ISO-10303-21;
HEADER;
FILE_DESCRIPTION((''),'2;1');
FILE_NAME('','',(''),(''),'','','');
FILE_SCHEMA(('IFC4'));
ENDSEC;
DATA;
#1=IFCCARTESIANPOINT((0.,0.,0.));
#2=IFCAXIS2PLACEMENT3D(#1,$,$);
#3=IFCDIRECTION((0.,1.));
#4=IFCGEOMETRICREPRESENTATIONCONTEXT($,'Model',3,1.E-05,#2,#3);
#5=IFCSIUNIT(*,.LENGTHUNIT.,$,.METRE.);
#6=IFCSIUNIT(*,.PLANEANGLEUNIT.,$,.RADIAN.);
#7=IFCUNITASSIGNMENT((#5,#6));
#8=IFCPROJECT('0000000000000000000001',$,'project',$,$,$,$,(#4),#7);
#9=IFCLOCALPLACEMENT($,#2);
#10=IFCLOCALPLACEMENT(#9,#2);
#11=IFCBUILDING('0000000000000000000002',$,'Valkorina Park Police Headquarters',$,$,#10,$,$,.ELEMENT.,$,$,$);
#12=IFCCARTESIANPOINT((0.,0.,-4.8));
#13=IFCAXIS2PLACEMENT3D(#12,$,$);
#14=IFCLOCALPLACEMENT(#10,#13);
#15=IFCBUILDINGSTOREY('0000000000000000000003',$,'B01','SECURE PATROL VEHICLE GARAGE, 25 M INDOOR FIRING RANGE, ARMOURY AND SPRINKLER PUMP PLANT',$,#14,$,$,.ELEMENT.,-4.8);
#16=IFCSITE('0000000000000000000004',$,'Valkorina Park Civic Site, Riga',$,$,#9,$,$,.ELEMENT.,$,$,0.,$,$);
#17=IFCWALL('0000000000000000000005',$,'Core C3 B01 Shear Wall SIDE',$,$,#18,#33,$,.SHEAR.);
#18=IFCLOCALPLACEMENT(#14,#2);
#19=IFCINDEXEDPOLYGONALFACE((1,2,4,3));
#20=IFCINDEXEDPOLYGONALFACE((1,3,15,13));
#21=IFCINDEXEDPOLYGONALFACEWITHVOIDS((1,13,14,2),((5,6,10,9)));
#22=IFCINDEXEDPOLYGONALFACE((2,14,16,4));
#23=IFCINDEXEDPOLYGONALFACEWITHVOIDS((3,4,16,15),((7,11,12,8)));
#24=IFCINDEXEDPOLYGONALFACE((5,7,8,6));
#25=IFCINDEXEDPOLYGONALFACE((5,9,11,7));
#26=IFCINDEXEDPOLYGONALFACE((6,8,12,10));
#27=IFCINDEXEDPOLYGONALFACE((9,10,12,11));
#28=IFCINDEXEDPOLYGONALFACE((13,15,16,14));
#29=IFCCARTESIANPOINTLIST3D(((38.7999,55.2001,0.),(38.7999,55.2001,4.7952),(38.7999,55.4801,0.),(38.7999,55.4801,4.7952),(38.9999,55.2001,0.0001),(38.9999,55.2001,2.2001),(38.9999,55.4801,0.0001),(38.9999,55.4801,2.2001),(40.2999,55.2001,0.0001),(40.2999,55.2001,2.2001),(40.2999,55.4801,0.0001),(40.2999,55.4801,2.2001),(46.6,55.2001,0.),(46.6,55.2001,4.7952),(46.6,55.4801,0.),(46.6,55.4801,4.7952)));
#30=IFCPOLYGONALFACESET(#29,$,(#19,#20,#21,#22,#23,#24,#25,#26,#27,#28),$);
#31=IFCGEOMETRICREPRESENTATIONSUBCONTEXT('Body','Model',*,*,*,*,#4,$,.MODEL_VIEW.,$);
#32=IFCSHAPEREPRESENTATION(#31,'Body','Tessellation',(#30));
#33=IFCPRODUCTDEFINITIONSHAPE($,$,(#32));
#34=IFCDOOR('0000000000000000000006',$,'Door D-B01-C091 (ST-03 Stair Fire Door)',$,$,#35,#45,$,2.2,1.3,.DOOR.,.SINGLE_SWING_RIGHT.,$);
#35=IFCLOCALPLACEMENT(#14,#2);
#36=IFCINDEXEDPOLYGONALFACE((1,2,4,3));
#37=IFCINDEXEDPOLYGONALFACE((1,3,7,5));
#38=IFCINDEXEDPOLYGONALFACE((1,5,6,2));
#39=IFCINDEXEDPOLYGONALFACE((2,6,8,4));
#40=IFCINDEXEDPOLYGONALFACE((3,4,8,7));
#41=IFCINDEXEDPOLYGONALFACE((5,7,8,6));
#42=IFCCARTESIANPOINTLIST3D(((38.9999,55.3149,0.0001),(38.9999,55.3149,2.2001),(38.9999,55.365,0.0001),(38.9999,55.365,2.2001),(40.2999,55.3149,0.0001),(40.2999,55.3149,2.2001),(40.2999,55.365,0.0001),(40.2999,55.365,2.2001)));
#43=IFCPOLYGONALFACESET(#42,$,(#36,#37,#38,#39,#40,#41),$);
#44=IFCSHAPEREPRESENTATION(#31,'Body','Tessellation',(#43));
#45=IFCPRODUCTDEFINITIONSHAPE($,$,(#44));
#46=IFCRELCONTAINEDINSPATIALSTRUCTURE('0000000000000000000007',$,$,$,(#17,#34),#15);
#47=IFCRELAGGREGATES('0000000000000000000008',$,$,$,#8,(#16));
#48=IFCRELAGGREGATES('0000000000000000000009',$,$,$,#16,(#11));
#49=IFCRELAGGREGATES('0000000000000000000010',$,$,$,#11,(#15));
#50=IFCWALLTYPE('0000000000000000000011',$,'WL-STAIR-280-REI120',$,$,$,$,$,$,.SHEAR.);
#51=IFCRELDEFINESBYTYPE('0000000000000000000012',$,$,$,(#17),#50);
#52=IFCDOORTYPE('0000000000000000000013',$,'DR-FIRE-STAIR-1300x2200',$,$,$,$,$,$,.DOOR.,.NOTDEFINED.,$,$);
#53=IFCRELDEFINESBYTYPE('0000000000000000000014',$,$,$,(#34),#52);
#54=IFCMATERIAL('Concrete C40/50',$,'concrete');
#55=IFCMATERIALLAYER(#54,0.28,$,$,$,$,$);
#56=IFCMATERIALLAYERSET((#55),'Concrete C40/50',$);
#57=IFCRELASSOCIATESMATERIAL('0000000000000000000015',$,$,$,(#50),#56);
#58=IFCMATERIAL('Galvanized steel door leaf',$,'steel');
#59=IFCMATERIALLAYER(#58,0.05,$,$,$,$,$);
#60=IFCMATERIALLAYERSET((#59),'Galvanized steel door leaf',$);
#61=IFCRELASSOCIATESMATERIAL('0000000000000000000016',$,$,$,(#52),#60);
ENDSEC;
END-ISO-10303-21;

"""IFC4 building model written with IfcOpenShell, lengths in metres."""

from ifc_helpers import new_model, si_unit, direction, frame, frame_2d, origin, place, context, subcontext, project, spatial, rectangle, extrude, material, layer, layer_set, type_object, element, fill, save


model = new_model("IFC4")

# Units and contexts
model_context = context("Model", 3, precision=1e-05, world=origin(), true_north=direction((0.0, 1.0)))
body_context = subcontext(model_context, "Body", "Model", "MODEL_VIEW")
ifc_project = project(units=[si_unit("LENGTHUNIT", "METRE"), si_unit("PLANEANGLEUNIT", "RADIAN")], contexts=[model_context])

# Site, building, storey
site_placement = place(None, origin())
site = spatial("IfcSite", under=ifc_project, at=site_placement, Name="Valkorina Park Civic Site, Riga", CompositionType="ELEMENT", RefElevation=0.0)
building_placement = place(site_placement, origin())
building = spatial("IfcBuilding", under=site, at=building_placement, Name="Valkorina Park Police Headquarters", CompositionType="ELEMENT")
storey_placement = place(building_placement, frame((0.0, 0.0, -4.8)))
storey = spatial("IfcBuildingStorey", under=building, at=storey_placement, Name="B01", Description="SECURE PATROL VEHICLE GARAGE, 25 M INDOOR FIRING RANGE, ARMOURY AND SPRINKLER PUMP PLANT", CompositionType="ELEMENT", Elevation=-4.8)

# Shared definitions
ifc_material_1 = material(Name="Concrete C40/50", Category="concrete")

# Wall, opening, door
ifc_layer_1 = layer(ifc_material_1, 0.28)
ifc_layer_set_1 = layer_set([ifc_layer_1], Name="Concrete C40/50")
wall_type_1 = type_object("IfcWallType", Name="WL-STAIR-280-REI120", PredefinedType="SHEAR", material=ifc_layer_set_1)
wall_1_placement = place(storey_placement, frame((38.8, 55.3401, 0.0), z_axis=(0.0, 0.0, 1.0), x_axis=(1.0, 0.0, 0.0)))
wall_1 = element("IfcWall", 1, at=wall_1_placement, inside=storey, type_object=wall_type_1, Name="Core C3 B01 Shear Wall SIDE", PredefinedType="SHEAR", context=body_context, shape_type="SweptSolid", body=[
    extrude(rectangle(XDim=7.8, YDim=0.28, at=frame_2d((3.8999, 0.0))), origin(), (0.0, 0.0, 1.0), 4.7952),
])
opening_placement = place(wall_1_placement, frame((0.2, 0.0, 0.0)))
opening = element("IfcOpeningElement", 2, at=opening_placement, cuts=wall_1, PredefinedType="OPENING", context=body_context, shape_type="SweptSolid", body=[
    extrude(rectangle(XDim=1.3, YDim=2.2, at=frame_2d((0.6499, 1.1001))), frame((0.0, 0.1499, 0.0), z_axis=(0.0, -1.0, 0.0), x_axis=(1.0, 0.0, 0.0)), (0.0, 0.0, 1.0), 0.3),
])
ifc_material_2 = material(Name="Galvanized steel door leaf", Category="steel")
ifc_layer_2 = layer(ifc_material_2, 0.05)
ifc_layer_set_2 = layer_set([ifc_layer_2], Name="Galvanized steel door leaf")
door_type = type_object("IfcDoorType", Name="DR-FIRE-STAIR-1300x2200", OperationType="NOTDEFINED", PredefinedType="DOOR", material=ifc_layer_set_2)
door_placement = place(opening_placement, origin())
door = element("IfcDoor", 3, at=door_placement, inside=storey, type_object=door_type, Name="Door D-B01-C091 (ST-03 Stair Fire Door)", OperationType="SINGLE_SWING_RIGHT", OverallHeight=2.2, OverallWidth=1.3, PredefinedType="DOOR", context=body_context, shape_type="SweptSolid", body=[
    extrude(rectangle(XDim=1.3, YDim=2.2, at=frame_2d((0.6499, 1.1001))), frame((0.0, 0.0249, 0.0), z_axis=(0.0, -1.0, 0.0), x_axis=(1.0, 0.0, 0.0)), (0.0, 0.0, 1.0), 0.05),
])
fill(opening, door)

save(model, "model.ifc")
